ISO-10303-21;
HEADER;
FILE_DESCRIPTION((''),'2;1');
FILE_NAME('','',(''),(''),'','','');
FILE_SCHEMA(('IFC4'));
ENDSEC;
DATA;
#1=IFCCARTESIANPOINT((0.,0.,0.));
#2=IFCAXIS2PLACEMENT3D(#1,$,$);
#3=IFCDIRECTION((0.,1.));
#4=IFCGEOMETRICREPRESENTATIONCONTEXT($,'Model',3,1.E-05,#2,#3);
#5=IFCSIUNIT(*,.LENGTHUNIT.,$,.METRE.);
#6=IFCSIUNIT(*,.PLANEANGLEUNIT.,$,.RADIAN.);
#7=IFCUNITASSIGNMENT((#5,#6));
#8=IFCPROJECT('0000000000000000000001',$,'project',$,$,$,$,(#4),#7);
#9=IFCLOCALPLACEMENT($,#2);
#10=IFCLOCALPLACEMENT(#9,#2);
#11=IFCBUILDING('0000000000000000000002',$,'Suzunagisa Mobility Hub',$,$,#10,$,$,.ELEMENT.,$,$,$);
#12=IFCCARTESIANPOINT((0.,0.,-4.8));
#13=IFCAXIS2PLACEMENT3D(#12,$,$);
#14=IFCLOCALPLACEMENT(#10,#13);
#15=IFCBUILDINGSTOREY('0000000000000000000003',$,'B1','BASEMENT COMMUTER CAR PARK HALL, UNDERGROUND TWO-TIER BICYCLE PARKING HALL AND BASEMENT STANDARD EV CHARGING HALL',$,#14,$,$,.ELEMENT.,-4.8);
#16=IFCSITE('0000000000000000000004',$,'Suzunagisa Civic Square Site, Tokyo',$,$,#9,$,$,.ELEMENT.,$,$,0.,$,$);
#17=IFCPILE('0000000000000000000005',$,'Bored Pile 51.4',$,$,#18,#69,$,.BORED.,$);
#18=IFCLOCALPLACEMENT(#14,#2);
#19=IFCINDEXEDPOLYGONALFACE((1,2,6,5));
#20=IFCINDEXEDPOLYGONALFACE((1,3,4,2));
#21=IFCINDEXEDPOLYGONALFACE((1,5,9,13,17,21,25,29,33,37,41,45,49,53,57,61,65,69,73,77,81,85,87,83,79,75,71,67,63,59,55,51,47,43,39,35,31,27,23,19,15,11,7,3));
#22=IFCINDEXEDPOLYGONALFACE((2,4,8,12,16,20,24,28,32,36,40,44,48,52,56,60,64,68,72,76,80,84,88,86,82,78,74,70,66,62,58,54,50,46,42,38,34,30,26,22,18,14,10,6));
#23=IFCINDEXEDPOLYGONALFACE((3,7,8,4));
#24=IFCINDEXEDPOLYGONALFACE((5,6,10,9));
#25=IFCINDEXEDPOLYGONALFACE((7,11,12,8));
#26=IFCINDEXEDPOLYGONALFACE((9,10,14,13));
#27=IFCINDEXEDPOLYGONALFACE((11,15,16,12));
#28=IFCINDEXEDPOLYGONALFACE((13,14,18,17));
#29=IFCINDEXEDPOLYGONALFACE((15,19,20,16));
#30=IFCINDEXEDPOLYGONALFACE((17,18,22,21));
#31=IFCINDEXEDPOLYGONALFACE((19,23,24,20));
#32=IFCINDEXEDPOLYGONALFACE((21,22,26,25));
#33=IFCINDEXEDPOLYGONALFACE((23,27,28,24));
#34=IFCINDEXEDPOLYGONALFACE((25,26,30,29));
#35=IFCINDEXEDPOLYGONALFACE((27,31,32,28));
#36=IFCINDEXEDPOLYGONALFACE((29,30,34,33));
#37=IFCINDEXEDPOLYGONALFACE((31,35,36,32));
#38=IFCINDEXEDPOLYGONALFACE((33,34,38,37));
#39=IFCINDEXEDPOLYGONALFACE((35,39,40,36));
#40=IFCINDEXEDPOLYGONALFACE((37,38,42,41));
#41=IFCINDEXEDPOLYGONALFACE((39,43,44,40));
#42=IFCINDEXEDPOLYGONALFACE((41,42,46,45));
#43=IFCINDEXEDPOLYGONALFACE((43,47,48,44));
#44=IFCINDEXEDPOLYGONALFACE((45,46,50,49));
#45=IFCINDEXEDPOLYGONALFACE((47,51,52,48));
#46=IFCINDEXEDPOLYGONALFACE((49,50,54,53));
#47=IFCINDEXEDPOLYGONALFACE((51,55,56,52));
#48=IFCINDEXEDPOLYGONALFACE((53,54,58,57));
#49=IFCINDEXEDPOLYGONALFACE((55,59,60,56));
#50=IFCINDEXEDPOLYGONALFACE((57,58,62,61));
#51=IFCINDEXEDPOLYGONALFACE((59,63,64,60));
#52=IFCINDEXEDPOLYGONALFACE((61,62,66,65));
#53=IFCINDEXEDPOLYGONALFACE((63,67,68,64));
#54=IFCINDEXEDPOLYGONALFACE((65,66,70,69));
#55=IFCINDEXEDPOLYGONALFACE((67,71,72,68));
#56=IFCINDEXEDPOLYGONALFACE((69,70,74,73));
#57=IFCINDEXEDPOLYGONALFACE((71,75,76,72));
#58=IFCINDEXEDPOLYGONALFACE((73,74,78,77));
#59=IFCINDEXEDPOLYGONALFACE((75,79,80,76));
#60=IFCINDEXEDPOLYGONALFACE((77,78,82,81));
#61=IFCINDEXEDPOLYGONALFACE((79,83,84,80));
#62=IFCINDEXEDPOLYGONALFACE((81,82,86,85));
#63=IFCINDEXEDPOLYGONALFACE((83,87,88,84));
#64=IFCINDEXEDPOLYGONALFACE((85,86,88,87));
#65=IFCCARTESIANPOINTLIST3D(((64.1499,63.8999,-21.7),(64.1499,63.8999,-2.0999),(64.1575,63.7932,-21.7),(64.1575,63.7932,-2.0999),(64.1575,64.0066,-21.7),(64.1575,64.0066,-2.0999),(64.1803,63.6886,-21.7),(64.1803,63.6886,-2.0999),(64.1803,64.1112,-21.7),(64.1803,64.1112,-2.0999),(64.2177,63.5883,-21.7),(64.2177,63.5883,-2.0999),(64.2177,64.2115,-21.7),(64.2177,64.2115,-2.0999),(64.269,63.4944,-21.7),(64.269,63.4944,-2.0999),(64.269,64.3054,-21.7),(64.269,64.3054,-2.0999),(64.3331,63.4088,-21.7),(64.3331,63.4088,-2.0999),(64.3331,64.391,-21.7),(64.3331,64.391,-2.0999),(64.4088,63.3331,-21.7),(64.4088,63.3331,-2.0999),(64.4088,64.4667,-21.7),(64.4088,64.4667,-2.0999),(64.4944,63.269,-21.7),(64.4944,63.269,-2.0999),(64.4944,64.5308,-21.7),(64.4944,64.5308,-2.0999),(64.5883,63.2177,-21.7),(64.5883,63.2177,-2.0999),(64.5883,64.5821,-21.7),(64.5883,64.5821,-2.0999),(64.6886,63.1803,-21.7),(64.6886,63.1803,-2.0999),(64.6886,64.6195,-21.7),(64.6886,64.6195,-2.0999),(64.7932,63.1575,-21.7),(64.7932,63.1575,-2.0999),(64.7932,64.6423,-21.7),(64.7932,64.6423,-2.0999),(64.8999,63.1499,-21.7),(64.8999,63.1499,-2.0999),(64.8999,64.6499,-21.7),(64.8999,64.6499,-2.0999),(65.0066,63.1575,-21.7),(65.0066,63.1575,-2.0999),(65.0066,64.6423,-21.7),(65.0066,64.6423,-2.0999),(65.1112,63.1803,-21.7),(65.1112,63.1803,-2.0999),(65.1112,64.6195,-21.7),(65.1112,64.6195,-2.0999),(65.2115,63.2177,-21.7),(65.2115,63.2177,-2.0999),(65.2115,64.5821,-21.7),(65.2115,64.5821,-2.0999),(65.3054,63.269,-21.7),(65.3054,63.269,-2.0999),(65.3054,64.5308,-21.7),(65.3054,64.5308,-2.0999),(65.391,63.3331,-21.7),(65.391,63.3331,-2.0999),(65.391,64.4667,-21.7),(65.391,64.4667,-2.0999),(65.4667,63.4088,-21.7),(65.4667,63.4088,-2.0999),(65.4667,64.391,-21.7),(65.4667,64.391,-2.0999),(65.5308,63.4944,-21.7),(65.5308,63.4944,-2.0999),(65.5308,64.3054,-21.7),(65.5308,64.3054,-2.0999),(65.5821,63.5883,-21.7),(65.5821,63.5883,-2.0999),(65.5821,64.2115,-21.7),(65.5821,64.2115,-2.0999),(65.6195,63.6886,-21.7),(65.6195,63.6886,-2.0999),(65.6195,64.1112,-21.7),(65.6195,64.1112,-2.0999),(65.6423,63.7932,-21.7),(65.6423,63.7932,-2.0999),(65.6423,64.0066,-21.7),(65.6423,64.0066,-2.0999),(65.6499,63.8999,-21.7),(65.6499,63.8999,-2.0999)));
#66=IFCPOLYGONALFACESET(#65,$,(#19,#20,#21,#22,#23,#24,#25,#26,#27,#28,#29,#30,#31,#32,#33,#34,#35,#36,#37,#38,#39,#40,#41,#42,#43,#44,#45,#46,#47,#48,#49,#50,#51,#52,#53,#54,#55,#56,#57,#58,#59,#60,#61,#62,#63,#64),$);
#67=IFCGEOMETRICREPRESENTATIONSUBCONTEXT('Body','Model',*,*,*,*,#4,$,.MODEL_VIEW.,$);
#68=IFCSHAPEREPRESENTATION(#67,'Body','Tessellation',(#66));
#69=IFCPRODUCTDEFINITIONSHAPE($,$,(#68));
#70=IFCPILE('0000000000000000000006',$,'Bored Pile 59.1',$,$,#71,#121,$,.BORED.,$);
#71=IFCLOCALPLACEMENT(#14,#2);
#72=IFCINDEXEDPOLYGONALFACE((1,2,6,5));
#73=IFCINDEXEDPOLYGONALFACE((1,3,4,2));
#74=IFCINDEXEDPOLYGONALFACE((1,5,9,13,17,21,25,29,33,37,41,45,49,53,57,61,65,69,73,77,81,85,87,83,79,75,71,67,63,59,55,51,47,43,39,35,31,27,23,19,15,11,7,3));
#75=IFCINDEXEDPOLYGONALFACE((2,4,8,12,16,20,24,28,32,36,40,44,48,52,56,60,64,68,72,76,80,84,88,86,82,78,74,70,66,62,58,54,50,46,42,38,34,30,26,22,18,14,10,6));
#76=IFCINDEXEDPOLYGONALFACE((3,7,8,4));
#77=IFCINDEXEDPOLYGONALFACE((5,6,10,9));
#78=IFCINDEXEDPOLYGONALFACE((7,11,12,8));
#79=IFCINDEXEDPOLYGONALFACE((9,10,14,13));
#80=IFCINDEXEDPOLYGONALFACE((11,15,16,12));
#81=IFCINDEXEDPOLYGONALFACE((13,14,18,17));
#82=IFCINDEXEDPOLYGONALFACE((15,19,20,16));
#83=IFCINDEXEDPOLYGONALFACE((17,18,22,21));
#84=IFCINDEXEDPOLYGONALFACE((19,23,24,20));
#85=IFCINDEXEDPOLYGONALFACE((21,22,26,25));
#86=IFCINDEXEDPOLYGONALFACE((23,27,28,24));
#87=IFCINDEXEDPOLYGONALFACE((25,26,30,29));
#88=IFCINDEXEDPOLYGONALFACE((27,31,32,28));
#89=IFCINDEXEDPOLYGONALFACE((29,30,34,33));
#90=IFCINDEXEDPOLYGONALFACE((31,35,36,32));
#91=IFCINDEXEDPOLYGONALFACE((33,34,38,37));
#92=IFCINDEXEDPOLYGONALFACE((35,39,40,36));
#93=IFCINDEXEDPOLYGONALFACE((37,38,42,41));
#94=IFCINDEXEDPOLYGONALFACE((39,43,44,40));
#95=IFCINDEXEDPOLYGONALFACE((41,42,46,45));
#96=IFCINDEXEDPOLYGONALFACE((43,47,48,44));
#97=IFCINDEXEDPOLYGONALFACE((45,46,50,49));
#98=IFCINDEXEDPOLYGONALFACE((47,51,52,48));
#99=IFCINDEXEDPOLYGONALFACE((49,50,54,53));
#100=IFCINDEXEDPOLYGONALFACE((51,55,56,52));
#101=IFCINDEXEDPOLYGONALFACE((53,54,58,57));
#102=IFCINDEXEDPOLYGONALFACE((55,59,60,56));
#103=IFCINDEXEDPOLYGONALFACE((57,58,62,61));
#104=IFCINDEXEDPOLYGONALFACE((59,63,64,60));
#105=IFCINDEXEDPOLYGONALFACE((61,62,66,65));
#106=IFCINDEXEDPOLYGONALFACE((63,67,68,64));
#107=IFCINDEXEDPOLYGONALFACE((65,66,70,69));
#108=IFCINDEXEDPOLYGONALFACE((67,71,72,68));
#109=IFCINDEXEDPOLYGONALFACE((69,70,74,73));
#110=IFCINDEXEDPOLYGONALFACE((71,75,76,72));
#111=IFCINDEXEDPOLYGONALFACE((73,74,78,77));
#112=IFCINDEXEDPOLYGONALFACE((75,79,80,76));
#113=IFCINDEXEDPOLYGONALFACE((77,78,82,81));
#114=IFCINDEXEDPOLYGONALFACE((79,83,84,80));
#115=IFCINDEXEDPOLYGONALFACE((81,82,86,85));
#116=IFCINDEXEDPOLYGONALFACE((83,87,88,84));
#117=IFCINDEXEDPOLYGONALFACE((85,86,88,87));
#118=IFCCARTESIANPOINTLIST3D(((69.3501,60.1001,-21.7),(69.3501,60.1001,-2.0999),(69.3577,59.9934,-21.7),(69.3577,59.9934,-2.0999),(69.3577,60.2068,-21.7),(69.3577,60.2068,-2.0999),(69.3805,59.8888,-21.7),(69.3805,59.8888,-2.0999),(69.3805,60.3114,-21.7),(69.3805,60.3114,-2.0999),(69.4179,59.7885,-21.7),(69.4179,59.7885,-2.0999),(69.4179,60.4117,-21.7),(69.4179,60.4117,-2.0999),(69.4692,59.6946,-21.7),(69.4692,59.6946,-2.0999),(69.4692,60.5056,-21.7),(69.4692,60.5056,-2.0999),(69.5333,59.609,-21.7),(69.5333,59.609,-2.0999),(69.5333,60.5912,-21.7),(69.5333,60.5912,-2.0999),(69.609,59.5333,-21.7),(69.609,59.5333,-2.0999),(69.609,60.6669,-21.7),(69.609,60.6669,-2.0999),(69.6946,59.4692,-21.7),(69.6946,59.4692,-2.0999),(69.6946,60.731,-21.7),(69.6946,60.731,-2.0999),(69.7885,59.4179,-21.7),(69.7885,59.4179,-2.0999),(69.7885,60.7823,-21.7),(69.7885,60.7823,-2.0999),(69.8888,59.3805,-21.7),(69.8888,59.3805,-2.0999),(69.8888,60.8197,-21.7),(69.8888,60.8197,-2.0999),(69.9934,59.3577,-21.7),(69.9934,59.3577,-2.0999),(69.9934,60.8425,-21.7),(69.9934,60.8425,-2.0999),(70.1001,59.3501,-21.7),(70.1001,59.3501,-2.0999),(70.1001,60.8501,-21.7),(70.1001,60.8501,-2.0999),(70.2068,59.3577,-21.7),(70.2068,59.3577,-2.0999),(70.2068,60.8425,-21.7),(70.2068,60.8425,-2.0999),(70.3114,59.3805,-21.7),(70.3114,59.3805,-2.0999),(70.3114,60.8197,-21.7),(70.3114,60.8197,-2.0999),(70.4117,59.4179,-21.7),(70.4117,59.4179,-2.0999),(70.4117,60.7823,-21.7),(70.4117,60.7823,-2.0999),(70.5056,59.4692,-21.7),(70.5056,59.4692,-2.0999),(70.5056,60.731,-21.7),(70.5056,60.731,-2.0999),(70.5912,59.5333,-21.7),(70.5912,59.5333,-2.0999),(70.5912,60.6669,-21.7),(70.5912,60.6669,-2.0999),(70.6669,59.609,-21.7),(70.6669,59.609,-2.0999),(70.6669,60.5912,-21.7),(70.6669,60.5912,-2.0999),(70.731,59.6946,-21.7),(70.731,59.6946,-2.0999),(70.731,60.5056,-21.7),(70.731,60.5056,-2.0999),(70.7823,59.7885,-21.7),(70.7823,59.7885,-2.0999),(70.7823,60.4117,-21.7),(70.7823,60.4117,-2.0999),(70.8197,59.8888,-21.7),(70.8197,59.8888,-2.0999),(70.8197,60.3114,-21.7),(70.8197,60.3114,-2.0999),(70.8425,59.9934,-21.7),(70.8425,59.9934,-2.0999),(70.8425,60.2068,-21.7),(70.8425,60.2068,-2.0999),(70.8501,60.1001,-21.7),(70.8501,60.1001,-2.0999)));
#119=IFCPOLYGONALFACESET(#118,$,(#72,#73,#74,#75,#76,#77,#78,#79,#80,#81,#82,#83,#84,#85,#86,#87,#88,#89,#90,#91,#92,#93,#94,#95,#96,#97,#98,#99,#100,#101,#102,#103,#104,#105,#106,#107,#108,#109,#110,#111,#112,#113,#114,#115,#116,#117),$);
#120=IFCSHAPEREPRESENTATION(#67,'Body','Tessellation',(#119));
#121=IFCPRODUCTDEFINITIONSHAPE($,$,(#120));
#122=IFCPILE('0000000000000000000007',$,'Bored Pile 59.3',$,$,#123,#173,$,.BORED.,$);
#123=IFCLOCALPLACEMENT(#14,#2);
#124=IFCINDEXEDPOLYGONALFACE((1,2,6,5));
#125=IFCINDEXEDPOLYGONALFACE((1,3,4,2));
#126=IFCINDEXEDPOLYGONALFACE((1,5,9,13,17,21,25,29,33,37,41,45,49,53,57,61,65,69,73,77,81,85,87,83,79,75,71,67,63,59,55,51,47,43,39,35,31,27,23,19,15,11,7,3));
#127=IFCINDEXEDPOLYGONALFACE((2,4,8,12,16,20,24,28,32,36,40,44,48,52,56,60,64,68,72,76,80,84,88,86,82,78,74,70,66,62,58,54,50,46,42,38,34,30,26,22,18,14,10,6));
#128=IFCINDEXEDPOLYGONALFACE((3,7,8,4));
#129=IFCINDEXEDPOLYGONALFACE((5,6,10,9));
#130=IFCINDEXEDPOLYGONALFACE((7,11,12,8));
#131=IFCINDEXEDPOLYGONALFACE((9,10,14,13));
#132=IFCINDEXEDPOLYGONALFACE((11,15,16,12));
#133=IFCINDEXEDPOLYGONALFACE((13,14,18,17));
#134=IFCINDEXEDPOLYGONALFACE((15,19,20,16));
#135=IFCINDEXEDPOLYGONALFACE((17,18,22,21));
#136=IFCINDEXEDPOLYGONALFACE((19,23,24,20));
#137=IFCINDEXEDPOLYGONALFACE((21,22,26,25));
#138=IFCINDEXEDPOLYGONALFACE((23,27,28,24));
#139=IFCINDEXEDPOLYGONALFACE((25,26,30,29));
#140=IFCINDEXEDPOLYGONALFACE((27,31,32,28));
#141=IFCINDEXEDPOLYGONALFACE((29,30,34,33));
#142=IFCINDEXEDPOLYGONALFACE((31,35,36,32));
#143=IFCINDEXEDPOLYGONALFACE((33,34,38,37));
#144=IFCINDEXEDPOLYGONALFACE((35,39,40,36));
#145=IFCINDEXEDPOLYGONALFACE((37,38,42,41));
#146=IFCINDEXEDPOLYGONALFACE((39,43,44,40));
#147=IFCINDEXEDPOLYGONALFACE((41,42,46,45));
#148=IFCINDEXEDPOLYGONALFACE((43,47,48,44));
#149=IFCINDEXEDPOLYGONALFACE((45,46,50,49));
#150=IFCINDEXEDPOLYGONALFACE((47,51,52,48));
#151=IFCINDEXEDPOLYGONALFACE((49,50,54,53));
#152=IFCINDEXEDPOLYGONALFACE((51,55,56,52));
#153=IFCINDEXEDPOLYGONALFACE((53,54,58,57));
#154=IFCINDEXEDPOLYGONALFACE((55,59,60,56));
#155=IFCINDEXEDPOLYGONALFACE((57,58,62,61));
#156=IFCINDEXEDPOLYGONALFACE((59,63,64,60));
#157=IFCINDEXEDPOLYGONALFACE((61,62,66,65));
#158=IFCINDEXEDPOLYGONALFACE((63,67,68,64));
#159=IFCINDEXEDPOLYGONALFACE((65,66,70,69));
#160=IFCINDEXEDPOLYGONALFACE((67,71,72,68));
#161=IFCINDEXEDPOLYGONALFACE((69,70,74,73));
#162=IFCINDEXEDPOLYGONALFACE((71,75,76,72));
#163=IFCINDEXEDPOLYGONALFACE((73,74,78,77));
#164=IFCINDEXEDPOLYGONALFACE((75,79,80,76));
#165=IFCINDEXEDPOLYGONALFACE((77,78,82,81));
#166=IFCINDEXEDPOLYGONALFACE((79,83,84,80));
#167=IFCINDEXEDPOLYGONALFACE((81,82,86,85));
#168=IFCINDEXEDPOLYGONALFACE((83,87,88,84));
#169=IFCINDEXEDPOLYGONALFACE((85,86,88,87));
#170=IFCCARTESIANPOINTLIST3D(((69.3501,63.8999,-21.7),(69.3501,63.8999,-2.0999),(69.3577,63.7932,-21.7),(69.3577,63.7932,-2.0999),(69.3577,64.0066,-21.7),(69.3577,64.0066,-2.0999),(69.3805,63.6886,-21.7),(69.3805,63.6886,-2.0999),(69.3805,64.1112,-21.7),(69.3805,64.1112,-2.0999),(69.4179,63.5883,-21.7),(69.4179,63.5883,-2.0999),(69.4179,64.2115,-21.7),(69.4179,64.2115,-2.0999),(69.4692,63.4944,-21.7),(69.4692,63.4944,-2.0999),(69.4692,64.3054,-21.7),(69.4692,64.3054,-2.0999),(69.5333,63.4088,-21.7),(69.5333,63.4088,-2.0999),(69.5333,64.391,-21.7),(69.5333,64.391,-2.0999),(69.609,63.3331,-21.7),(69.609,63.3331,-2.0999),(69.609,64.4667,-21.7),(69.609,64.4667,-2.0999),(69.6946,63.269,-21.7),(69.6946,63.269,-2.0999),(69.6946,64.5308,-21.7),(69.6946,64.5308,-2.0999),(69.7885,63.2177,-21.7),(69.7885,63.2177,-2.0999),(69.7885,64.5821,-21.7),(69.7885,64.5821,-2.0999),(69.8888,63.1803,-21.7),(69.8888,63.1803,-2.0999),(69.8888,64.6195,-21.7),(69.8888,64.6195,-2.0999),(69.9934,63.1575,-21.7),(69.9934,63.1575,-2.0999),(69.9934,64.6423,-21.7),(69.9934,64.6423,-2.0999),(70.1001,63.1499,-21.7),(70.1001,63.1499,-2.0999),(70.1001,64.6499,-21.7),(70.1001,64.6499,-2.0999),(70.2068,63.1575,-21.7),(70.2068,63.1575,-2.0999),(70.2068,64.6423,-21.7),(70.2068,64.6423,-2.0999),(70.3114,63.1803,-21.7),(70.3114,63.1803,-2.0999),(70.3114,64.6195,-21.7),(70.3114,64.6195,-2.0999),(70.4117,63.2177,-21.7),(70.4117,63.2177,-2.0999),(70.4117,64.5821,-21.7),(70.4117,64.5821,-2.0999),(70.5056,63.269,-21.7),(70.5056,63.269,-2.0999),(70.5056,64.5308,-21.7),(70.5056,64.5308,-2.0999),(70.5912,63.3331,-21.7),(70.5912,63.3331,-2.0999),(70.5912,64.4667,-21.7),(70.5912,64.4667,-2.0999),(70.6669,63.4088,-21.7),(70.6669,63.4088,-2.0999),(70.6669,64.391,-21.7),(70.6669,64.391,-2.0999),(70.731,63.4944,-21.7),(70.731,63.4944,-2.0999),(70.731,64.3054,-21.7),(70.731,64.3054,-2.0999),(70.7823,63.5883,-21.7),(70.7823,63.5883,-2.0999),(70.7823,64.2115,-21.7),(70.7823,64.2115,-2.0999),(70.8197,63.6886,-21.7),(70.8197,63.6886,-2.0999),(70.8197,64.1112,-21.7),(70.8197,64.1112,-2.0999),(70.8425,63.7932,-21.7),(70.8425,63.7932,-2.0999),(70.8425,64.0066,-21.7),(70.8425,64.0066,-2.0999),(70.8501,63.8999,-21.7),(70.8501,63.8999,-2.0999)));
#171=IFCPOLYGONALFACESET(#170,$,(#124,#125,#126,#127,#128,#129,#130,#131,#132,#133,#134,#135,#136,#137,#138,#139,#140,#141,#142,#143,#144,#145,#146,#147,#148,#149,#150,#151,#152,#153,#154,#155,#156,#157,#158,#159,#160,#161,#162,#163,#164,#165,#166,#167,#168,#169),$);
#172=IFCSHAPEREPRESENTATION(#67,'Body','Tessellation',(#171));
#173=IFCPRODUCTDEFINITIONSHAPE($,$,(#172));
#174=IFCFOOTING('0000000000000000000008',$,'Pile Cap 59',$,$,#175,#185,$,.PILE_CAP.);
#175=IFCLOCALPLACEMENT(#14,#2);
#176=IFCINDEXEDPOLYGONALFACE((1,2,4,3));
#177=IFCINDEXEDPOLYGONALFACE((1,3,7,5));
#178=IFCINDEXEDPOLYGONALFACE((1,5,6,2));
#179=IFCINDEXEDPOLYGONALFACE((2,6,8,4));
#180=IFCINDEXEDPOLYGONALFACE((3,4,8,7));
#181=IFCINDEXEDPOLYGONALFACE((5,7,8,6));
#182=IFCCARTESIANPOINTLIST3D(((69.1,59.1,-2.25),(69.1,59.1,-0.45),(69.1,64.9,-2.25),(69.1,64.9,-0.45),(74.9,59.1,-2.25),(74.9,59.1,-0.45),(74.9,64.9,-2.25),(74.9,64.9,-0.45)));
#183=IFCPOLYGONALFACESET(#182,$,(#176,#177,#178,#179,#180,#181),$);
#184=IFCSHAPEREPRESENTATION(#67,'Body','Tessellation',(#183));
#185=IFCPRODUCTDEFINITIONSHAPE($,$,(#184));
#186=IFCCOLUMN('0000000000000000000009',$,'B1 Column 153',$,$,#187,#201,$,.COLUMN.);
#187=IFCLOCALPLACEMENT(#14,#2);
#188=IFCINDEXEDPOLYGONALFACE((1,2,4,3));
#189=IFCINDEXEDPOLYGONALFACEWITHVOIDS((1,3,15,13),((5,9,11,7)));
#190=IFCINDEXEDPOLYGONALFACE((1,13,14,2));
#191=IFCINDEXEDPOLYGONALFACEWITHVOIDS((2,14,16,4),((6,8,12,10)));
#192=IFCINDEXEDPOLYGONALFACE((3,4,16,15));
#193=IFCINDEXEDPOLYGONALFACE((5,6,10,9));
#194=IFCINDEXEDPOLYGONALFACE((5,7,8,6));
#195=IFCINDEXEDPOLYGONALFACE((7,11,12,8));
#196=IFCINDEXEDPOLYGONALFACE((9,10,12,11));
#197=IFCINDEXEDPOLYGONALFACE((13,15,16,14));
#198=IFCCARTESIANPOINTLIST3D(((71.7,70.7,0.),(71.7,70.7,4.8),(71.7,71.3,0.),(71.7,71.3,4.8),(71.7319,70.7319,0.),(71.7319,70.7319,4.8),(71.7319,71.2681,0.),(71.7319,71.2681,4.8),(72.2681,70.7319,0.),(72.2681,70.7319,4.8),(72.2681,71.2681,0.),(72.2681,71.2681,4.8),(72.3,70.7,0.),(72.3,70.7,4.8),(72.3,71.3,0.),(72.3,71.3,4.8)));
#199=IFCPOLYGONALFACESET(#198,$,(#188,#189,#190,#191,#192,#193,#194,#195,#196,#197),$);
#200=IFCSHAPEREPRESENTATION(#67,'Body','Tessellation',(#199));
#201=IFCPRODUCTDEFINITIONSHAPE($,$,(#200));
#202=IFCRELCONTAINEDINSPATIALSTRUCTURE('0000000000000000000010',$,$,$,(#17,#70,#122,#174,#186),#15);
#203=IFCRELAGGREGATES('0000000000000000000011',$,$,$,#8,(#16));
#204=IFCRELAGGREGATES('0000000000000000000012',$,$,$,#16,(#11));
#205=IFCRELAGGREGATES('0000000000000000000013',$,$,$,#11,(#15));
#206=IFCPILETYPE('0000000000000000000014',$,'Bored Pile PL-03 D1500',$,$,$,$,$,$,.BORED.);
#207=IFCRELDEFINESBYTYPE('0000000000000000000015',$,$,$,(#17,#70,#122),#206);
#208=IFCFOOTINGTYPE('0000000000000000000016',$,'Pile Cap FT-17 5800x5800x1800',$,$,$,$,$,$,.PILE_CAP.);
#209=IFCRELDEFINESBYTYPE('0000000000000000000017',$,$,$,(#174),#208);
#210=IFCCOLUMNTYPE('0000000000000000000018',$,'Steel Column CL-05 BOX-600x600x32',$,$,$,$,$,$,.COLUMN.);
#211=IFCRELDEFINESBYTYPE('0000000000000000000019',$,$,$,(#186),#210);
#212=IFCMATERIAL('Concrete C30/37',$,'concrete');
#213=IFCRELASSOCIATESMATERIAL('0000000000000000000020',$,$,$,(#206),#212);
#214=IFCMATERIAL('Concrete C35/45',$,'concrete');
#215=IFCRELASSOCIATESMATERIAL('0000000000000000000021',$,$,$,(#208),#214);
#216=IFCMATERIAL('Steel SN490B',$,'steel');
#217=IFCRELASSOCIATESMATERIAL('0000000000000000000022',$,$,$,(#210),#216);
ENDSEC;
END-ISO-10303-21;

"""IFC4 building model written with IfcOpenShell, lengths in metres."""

from ifc_helpers import new_model, si_unit, direction, frame, origin, origin_2d, place, context, subcontext, project, spatial, rectangle, hollow_rectangle, circle, extrude, material, material_profile, profile_set, type_object, element, save


model = new_model("IFC4")

# Units and contexts
model_context = context("Model", 3, precision=1e-05, world=origin(), true_north=direction((0.0, 1.0)))
body_context = subcontext(model_context, "Body", "Model", "MODEL_VIEW")
ifc_project = project(units=[si_unit("LENGTHUNIT", "METRE"), si_unit("PLANEANGLEUNIT", "RADIAN")], contexts=[model_context])

# Site, building, storey
site_placement = place(None, origin())
site = spatial("IfcSite", under=ifc_project, at=site_placement, Name="Suzunagisa Civic Square Site, Tokyo", CompositionType="ELEMENT", RefElevation=0.0)
building_placement = place(site_placement, origin())
building = spatial("IfcBuilding", under=site, at=building_placement, Name="Suzunagisa Mobility Hub", CompositionType="ELEMENT")
storey_placement = place(building_placement, frame((0.0, 0.0, -4.8)))
storey = spatial("IfcBuildingStorey", under=building, at=storey_placement, Name="B1", Description="BASEMENT COMMUTER CAR PARK HALL, UNDERGROUND TWO-TIER BICYCLE PARKING HALL AND BASEMENT STANDARD EV CHARGING HALL", CompositionType="ELEMENT", Elevation=-4.8)

# Piles
ifc_material_1 = material(Name="Concrete C30/37", Category="concrete")
ifc_material_profile_1 = material_profile(ifc_material_1, circle(Radius=0.75, at=origin_2d()), Name="BORED PILE D1500")
ifc_profile_set_1 = profile_set([ifc_material_profile_1], Name="Concrete C30/37")
pile_type_1 = type_object("IfcPileType", Name="Bored Pile PL-03 D1500", PredefinedType="BORED", material=ifc_profile_set_1)
for number, where, z_axis, x_axis, name in (
    (1, (64.8999, 63.8999, -2.0999), (0.0, 0.0, -1.0), (1.0, 0.0, 0.0), "Bored Pile 51.4"),
    (2, (70.1001, 60.1001, -2.0999), (0.0, 0.0, -1.0), (1.0, 0.0, 0.0), "Bored Pile 59.1"),
    (3, (70.1001, 63.8999, -2.0999), (0.0, 0.0, -1.0), (1.0, 0.0, 0.0), "Bored Pile 59.3"),
):
    element("IfcPile", number, at=place(storey_placement, frame(where, z_axis=z_axis, x_axis=x_axis)), inside=storey, type_object=pile_type_1, Name=name, PredefinedType="BORED", context=body_context, shape_type="SweptSolid", body=[
        extrude(circle(Radius=0.75, at=origin_2d()), origin(), (0.0, 0.0, 1.0), 19.6001),
    ])

# Footing
ifc_material_2 = material(Name="Concrete C35/45", Category="concrete")
footing_type = type_object("IfcFootingType", Name="Pile Cap FT-17 5800x5800x1800", PredefinedType="PILE_CAP", material=ifc_material_2)
footing_placement = place(storey_placement, frame((72.0, 62.0, -2.25), z_axis=(0.0, 0.0, 1.0), x_axis=(1.0, 0.0, 0.0)))
element("IfcFooting", 4, at=footing_placement, inside=storey, type_object=footing_type, Name="Pile Cap 59", PredefinedType="PILE_CAP", context=body_context, shape_type="SweptSolid", body=[
    extrude(rectangle(XDim=5.8, YDim=5.8, at=origin_2d()), origin(), (0.0, 0.0, 1.0), 1.8),
])

# Column
ifc_material_3 = material(Name="Steel SN490B", Category="steel")
ifc_material_profile_2 = material_profile(ifc_material_3, hollow_rectangle(XDim=0.6001, YDim=0.6001, WallThickness=0.032, at=origin_2d()), Name="BOX-600x600x32")
ifc_profile_set_2 = profile_set([ifc_material_profile_2], Name="Steel SN490B")
column_type_1 = type_object("IfcColumnType", Name="Steel Column CL-05 BOX-600x600x32", PredefinedType="COLUMN", material=ifc_profile_set_2)
column_1_placement = place(storey_placement, frame((72.0, 71.0, 0.0), z_axis=(0.0, 0.0, 1.0), x_axis=(1.0, 0.0, 0.0)))
element("IfcColumn", 5, at=column_1_placement, inside=storey, type_object=column_type_1, Name="B1 Column 153", PredefinedType="COLUMN", context=body_context, shape_type="SweptSolid", body=[
    extrude(hollow_rectangle(XDim=0.6001, YDim=0.6001, WallThickness=0.032, at=origin_2d()), origin(), (0.0, 0.0, 1.0), 4.8),
])

save(model, "model.ifc")
